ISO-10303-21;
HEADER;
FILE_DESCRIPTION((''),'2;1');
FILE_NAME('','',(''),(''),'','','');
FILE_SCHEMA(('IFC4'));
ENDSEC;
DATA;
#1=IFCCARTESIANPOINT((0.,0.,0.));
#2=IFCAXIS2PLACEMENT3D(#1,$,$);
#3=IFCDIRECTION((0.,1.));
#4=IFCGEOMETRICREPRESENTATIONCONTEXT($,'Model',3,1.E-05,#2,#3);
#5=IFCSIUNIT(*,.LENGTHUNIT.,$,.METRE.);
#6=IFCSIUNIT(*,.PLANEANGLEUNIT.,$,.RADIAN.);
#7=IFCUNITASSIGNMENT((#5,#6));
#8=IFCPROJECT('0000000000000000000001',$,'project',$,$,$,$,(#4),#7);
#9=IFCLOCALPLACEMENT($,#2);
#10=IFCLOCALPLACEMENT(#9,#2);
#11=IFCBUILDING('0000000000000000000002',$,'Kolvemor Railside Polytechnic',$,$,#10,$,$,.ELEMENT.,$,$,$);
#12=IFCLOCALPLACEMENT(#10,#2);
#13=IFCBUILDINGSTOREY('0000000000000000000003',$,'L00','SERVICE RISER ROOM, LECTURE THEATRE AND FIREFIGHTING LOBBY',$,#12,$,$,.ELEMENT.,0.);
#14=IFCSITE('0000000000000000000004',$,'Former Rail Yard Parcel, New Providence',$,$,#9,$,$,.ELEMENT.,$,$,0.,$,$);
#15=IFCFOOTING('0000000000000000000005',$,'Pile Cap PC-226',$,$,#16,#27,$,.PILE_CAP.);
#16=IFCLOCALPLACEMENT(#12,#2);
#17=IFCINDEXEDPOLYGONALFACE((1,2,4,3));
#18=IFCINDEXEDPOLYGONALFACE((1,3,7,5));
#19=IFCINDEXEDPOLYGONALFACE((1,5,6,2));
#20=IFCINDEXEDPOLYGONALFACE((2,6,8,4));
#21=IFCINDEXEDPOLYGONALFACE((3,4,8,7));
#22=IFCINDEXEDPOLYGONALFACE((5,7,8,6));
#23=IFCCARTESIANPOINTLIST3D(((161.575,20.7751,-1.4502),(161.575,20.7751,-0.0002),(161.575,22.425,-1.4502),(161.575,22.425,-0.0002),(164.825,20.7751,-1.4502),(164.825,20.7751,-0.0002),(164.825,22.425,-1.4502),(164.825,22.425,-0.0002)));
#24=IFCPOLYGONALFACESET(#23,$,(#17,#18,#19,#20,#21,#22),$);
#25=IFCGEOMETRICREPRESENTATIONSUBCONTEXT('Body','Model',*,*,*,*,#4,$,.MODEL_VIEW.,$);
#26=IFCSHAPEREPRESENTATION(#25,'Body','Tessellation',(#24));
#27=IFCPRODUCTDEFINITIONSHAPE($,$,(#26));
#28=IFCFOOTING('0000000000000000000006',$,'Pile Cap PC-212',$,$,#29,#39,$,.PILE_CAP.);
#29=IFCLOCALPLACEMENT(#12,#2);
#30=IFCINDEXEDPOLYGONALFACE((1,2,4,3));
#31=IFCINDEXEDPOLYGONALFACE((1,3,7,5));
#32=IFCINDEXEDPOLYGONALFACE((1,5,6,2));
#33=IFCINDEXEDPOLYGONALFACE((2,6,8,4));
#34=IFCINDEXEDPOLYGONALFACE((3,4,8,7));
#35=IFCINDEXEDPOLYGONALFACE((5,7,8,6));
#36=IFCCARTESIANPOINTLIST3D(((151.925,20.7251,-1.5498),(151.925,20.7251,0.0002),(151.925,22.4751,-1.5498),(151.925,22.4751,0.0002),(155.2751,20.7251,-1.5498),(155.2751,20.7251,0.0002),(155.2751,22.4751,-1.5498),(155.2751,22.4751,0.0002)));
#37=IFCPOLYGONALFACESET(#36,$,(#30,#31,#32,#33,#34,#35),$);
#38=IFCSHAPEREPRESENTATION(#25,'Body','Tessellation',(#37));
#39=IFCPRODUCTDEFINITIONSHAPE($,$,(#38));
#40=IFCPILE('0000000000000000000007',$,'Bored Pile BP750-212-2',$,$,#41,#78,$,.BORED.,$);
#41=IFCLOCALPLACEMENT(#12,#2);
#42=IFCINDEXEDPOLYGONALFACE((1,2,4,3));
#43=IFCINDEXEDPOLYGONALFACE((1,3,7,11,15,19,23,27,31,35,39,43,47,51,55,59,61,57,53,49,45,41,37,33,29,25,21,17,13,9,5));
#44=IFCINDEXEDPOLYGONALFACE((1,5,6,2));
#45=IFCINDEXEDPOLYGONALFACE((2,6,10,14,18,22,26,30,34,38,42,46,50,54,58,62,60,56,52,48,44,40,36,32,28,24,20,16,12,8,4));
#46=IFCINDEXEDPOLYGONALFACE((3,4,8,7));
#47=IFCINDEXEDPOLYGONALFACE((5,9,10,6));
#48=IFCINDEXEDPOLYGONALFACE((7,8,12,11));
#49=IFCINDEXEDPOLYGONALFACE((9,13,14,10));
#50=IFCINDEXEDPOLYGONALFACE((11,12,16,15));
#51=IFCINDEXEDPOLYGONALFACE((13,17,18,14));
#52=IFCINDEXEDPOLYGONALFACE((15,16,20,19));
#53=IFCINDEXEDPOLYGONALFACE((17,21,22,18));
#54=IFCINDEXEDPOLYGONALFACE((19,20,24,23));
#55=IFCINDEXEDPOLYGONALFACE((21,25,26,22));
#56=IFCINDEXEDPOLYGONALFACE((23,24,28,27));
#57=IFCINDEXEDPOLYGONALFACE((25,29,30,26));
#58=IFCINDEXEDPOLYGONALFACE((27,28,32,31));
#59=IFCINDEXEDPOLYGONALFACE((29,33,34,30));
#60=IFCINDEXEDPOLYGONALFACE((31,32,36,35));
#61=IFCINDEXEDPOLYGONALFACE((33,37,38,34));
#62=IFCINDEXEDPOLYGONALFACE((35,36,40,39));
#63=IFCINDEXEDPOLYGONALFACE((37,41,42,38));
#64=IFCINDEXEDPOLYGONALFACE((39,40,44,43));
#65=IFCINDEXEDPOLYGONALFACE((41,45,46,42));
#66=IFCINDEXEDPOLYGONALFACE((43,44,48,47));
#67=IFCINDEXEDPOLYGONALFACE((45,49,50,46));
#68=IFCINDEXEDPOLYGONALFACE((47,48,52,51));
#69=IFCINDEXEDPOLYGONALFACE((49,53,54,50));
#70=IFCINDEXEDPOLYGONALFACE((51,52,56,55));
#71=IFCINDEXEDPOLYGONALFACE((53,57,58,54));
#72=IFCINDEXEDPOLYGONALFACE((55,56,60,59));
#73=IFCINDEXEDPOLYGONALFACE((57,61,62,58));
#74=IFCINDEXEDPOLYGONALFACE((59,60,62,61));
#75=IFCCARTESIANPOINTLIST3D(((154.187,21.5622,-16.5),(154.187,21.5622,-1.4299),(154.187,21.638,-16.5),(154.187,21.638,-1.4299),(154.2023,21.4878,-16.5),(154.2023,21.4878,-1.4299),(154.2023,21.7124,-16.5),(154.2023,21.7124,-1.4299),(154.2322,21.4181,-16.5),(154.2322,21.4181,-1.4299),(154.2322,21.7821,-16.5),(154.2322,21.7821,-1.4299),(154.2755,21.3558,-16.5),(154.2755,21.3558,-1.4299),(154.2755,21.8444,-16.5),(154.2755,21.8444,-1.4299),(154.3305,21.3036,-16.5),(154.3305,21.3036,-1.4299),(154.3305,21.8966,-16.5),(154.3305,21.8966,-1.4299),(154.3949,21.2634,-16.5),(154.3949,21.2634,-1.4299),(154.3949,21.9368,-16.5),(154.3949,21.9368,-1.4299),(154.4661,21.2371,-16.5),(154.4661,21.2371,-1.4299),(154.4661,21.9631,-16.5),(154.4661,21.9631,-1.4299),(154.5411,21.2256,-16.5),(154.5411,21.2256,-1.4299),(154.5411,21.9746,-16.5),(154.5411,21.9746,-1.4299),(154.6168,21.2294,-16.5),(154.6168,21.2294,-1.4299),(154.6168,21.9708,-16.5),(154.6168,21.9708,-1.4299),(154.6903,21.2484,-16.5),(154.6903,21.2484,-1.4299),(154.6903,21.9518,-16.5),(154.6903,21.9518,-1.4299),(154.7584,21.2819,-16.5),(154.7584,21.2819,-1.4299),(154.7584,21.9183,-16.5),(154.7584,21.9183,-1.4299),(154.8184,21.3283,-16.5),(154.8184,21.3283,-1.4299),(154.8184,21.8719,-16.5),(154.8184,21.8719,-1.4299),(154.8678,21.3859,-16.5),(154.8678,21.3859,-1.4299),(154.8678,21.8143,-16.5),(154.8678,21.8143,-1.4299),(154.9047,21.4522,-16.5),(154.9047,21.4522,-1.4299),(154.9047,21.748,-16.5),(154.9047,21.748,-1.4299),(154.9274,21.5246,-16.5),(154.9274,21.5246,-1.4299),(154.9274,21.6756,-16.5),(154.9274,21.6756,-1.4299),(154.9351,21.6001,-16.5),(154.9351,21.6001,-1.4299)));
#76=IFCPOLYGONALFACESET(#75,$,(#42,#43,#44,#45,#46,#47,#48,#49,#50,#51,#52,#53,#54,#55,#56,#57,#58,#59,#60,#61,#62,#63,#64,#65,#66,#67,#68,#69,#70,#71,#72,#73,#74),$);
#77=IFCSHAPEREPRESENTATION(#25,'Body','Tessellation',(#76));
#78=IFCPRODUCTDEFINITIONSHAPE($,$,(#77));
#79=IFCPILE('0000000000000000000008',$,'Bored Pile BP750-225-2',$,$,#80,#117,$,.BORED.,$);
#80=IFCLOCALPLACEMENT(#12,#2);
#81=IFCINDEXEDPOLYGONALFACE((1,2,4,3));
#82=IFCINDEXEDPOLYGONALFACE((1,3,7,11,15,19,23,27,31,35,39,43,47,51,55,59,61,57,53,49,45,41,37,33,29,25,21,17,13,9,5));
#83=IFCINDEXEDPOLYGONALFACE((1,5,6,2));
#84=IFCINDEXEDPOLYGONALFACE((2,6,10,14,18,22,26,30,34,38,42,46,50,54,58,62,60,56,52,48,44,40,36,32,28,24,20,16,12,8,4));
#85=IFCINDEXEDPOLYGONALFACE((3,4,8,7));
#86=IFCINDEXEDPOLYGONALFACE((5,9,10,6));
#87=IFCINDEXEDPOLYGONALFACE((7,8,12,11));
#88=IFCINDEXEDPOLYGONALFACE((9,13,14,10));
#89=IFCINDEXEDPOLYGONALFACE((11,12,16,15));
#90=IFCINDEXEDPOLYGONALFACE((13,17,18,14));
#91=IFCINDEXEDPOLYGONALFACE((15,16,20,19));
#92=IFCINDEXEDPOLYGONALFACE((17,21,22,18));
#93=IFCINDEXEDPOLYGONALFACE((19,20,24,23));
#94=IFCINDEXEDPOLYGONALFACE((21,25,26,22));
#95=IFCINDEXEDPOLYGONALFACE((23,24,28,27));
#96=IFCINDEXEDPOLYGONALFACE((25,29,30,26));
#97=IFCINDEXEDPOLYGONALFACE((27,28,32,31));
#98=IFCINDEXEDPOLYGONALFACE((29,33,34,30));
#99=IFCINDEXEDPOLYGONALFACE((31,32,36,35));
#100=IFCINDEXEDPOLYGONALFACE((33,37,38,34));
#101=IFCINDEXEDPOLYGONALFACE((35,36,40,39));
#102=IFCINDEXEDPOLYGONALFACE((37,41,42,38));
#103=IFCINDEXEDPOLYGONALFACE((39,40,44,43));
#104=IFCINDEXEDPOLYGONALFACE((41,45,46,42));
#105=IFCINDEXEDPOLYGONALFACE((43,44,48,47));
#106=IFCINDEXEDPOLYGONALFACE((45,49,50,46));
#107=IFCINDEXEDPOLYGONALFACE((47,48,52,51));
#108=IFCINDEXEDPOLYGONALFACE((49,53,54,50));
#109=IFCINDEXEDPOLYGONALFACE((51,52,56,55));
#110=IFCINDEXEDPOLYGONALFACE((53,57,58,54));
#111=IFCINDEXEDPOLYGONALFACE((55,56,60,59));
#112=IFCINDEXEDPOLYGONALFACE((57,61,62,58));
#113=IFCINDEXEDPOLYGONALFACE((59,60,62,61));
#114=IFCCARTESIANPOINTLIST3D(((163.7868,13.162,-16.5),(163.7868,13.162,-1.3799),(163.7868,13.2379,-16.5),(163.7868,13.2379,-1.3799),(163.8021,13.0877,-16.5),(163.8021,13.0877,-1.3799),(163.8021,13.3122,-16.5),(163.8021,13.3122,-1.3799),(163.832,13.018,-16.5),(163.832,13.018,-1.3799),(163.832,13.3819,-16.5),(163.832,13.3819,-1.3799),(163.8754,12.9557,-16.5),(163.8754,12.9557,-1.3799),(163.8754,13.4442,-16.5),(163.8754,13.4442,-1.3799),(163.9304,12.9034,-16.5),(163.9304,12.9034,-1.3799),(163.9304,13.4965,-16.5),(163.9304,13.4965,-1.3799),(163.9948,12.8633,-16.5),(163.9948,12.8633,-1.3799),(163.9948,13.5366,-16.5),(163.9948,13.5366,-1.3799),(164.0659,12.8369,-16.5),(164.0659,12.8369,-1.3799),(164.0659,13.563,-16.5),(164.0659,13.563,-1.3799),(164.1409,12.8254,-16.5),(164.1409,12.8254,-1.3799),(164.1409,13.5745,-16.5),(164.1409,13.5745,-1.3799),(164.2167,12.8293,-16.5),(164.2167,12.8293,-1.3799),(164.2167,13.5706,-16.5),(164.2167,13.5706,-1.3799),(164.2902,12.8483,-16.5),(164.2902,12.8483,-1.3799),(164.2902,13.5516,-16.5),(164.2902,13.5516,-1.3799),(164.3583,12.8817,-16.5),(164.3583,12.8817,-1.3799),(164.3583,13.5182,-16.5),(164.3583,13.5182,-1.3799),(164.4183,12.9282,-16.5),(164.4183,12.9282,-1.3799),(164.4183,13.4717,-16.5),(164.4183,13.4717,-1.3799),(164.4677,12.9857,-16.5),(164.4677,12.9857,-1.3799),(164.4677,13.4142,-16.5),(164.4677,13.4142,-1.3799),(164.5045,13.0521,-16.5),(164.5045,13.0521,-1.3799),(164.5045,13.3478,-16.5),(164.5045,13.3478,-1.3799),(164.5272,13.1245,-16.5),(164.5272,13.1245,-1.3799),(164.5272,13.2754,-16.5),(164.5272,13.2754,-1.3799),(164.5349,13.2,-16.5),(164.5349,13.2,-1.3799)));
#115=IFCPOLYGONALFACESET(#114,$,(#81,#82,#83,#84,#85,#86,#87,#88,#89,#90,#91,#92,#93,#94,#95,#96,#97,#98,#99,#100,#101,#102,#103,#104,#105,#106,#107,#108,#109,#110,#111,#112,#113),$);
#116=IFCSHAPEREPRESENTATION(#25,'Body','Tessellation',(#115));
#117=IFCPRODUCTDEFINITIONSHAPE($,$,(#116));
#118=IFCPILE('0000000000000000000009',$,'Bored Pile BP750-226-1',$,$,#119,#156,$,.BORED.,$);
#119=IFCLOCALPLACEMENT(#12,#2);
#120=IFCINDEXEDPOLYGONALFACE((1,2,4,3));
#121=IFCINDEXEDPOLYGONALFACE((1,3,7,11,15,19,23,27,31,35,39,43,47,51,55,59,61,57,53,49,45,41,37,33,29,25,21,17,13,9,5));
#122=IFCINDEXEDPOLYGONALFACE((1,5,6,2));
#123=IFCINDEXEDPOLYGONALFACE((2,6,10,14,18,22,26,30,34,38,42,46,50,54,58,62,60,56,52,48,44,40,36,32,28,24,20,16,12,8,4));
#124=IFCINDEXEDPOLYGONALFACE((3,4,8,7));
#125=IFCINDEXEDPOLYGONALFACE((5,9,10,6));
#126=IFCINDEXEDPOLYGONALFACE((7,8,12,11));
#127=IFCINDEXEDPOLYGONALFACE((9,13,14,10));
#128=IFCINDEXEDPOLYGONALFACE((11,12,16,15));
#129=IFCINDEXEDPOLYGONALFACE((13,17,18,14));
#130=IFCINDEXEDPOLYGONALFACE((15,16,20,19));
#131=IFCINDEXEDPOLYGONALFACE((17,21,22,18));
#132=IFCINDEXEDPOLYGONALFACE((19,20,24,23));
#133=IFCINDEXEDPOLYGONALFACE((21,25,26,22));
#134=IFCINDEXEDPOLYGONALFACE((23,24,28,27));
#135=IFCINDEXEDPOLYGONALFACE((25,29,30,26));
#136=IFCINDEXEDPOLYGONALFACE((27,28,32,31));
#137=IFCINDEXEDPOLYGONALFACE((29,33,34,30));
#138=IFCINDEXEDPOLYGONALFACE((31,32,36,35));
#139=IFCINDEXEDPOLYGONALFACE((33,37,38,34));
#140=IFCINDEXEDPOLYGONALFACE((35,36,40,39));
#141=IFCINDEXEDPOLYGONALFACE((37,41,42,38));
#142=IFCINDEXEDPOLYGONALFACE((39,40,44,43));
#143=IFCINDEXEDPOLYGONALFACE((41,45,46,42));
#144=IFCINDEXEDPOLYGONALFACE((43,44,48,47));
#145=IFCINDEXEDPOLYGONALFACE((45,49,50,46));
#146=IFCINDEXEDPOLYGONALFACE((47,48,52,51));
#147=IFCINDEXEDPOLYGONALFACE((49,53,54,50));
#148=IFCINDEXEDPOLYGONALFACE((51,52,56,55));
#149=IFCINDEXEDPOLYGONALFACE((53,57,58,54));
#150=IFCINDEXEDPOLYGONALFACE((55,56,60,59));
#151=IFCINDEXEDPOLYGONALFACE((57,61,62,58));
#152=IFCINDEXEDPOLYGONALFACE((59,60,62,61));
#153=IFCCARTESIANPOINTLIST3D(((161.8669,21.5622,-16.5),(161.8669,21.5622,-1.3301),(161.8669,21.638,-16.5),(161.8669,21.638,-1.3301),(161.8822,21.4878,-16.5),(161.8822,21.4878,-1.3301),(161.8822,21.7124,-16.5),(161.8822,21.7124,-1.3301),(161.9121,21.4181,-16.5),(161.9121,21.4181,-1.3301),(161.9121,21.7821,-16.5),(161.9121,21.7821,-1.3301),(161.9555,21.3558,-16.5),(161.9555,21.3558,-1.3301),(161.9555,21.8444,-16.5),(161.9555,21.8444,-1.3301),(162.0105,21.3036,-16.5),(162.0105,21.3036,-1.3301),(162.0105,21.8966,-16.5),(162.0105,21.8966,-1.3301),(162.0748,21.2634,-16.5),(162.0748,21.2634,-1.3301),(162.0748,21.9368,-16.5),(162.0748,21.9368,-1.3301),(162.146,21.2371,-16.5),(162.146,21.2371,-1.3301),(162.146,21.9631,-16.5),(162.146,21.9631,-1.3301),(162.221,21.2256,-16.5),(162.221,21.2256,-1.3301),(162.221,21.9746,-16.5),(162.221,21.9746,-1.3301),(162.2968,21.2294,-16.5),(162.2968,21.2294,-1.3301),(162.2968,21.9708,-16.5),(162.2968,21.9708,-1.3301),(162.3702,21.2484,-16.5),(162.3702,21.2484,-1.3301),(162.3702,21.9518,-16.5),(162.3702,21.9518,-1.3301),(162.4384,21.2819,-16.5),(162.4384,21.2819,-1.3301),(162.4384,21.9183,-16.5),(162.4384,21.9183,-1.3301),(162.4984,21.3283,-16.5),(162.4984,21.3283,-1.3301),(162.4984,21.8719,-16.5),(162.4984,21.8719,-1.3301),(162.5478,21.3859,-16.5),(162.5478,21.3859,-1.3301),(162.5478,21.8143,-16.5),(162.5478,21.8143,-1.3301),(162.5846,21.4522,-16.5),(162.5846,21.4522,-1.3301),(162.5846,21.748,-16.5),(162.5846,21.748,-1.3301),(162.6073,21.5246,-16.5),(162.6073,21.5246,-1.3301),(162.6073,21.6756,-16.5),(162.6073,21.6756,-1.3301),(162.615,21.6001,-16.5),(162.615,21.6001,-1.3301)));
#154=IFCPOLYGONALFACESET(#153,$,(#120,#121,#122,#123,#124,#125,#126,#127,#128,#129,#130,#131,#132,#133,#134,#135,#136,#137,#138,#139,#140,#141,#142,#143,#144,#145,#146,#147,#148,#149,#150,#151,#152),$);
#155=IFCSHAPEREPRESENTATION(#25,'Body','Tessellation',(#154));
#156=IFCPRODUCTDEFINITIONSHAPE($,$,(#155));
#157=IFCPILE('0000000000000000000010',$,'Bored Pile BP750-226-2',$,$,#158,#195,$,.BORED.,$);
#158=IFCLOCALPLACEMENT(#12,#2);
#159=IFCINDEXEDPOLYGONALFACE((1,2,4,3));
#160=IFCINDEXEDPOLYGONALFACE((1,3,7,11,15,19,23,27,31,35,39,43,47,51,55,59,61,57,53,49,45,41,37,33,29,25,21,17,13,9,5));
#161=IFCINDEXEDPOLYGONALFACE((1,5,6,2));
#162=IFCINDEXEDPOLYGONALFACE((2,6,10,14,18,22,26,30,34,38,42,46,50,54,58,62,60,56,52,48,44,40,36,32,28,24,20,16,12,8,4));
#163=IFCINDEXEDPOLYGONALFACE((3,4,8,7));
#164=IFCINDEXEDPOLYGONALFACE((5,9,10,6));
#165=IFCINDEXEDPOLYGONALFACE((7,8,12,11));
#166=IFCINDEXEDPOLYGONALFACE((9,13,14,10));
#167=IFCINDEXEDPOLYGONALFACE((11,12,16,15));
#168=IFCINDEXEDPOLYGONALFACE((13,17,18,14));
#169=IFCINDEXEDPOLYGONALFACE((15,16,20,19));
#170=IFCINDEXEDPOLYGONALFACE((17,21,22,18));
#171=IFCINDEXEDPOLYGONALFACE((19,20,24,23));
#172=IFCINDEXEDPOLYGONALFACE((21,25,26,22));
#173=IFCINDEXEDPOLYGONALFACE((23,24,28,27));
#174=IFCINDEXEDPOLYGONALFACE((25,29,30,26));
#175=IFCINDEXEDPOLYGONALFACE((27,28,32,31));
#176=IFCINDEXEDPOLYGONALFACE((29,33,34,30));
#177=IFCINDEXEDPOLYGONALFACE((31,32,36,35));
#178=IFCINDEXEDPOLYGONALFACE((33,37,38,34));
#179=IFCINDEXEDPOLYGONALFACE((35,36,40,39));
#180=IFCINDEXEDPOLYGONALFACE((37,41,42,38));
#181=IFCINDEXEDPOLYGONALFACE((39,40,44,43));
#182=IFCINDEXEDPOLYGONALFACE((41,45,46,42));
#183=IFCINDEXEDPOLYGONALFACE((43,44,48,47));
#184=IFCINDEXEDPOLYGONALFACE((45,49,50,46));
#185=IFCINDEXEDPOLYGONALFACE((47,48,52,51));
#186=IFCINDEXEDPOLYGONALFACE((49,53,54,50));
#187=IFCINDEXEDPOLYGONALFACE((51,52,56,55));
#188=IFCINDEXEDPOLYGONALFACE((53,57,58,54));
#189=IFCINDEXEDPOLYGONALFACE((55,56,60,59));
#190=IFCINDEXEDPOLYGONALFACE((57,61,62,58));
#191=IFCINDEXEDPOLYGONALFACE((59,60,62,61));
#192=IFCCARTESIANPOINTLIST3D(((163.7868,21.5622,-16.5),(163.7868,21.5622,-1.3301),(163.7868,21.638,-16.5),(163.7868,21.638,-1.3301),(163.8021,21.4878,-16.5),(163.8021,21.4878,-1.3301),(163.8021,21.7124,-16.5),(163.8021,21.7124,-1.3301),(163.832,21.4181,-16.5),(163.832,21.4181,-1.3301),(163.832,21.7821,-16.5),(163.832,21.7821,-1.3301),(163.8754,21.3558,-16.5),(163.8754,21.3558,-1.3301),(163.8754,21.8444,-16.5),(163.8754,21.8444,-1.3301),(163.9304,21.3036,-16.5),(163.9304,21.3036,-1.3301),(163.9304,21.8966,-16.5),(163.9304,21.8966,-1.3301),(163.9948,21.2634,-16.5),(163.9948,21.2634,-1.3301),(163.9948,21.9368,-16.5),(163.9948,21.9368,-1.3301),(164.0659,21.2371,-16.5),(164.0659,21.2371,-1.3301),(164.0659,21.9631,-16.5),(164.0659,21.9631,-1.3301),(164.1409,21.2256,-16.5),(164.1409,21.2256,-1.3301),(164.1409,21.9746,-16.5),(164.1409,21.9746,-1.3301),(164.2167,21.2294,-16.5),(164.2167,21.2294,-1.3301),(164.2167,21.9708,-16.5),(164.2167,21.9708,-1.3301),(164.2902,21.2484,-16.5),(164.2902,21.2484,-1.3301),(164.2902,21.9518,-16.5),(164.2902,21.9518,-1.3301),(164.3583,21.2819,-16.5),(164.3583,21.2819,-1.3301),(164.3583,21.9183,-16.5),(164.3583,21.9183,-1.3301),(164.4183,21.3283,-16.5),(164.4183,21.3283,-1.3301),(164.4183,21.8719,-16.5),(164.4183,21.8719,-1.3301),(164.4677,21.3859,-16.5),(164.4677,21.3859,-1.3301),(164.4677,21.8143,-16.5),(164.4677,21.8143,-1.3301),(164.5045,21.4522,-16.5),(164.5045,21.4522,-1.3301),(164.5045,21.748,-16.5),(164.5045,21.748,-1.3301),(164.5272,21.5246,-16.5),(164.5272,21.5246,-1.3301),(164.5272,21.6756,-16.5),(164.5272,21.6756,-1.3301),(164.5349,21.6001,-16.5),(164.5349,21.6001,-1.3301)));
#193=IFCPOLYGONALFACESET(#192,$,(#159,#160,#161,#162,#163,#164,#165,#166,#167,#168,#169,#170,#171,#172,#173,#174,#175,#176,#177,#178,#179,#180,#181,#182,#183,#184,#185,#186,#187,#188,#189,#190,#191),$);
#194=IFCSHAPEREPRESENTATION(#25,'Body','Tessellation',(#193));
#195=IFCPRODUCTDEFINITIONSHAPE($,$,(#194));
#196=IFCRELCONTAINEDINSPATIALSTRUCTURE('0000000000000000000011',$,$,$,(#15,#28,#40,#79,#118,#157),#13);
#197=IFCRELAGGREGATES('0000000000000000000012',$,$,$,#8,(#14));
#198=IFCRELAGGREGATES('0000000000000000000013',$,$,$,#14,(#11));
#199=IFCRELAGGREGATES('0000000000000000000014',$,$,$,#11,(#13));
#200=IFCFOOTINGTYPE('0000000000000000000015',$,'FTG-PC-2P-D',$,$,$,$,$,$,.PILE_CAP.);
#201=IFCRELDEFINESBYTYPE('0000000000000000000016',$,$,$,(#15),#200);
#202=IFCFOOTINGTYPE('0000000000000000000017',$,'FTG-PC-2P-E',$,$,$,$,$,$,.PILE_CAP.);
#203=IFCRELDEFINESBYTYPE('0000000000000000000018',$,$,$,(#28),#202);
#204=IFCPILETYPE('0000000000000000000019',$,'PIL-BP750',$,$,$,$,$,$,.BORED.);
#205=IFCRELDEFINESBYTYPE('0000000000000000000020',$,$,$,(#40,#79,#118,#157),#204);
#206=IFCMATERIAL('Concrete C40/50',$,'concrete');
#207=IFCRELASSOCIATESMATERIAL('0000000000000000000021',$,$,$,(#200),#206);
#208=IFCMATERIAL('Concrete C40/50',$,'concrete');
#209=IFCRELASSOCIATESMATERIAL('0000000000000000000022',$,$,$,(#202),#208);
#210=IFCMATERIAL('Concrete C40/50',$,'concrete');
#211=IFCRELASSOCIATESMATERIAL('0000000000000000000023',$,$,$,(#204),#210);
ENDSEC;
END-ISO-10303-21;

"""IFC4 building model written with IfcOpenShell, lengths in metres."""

from ifc_helpers import new_model, si_unit, direction, frame, origin, origin_2d, place, context, subcontext, project, spatial, rectangle, circle, extrude, material, material_profile, profile_set, type_object, element, save


model = new_model("IFC4")

# Units and contexts
model_context = context("Model", 3, precision=1e-05, world=origin(), true_north=direction((0.0, 1.0)))
body_context = subcontext(model_context, "Body", "Model", "MODEL_VIEW")
ifc_project = project(units=[si_unit("LENGTHUNIT", "METRE"), si_unit("PLANEANGLEUNIT", "RADIAN")], contexts=[model_context])

# Site, building, storey
site_placement = place(None, origin())
site = spatial("IfcSite", under=ifc_project, at=site_placement, Name="Former Rail Yard Parcel, New Providence", CompositionType="ELEMENT", RefElevation=0.0)
building_placement = place(site_placement, origin())
building = spatial("IfcBuilding", under=site, at=building_placement, Name="Kolvemor Railside Polytechnic", CompositionType="ELEMENT")
storey_placement = place(building_placement, origin())
storey = spatial("IfcBuildingStorey", under=building, at=storey_placement, Name="L00", Description="SERVICE RISER ROOM, LECTURE THEATRE AND FIREFIGHTING LOBBY", CompositionType="ELEMENT", Elevation=0.0)

# Footings
ifc_material_1 = material(Name="Concrete C40/50", Category="concrete")
footing_type_1 = type_object("IfcFootingType", Name="FTG-PC-2P-D", PredefinedType="PILE_CAP", material=ifc_material_1)
footing_1_placement = place(storey_placement, frame((163.2, 21.6001, -1.4502), z_axis=(0.0, 0.0, 1.0), x_axis=(1.0, 0.0, 0.0)))
element("IfcFooting", 1, at=footing_1_placement, inside=storey, type_object=footing_type_1, Name="Pile Cap PC-226", PredefinedType="PILE_CAP", context=body_context, shape_type="SweptSolid", body=[
    extrude(rectangle(XDim=3.25, YDim=1.6499, at=origin_2d()), origin(), (0.0, 0.0, 1.0), 1.45),
])
ifc_material_2 = material(Name="Concrete C40/50", Category="concrete")
footing_type_2 = type_object("IfcFootingType", Name="FTG-PC-2P-E", PredefinedType="PILE_CAP", material=ifc_material_2)
footing_2_placement = place(storey_placement, frame((153.6001, 21.6001, -1.5498), z_axis=(0.0, 0.0, 1.0), x_axis=(1.0, 0.0, 0.0)))
element("IfcFooting", 2, at=footing_2_placement, inside=storey, type_object=footing_type_2, Name="Pile Cap PC-212", PredefinedType="PILE_CAP", context=body_context, shape_type="SweptSolid", body=[
    extrude(rectangle(XDim=3.3501, YDim=1.75, at=origin_2d()), origin(), (0.0, 0.0, 1.0), 1.55),
])

# Piles
ifc_material_3 = material(Name="Concrete C40/50", Category="concrete")
ifc_material_profile_1 = material_profile(ifc_material_3, circle(Radius=0.375, at=origin_2d()), Name="BP750")
ifc_profile_set_1 = profile_set([ifc_material_profile_1], Name="Concrete C40/50")
pile_type = type_object("IfcPileType", Name="PIL-BP750", PredefinedType="BORED", material=ifc_profile_set_1)
pile_1_placement = place(storey_placement, frame((154.5601, 21.6001, -1.4299), z_axis=(0.0, 0.0, -1.0), x_axis=(1.0, 0.0, 0.0)))
element("IfcPile", 3, at=pile_1_placement, inside=storey, type_object=pile_type, Name="Bored Pile BP750-212-2", PredefinedType="BORED", context=body_context, shape_type="SweptSolid", body=[
    extrude(circle(Radius=0.375, at=origin_2d()), origin(), (0.0, 0.0, 1.0), 15.0701),
])
pile_2_placement = place(storey_placement, frame((164.1599, 13.2, -1.3799), z_axis=(0.0, 0.0, -1.0), x_axis=(1.0, 0.0, 0.0)))
element("IfcPile", 4, at=pile_2_placement, inside=storey, type_object=pile_type, Name="Bored Pile BP750-225-2", PredefinedType="BORED", context=body_context, shape_type="SweptSolid", body=[
    extrude(circle(Radius=0.375, at=origin_2d()), origin(), (0.0, 0.0, 1.0), 15.1201),
])
for number, where, z_axis, x_axis, name in (
    (5, (162.24, 21.6001, -1.3301), (0.0, 0.0, -1.0), (1.0, 0.0, 0.0), "Bored Pile BP750-226-1"),
    (6, (164.1599, 21.6001, -1.3301), (0.0, 0.0, -1.0), (1.0, 0.0, 0.0), "Bored Pile BP750-226-2"),
):
    element("IfcPile", number, at=place(storey_placement, frame(where, z_axis=z_axis, x_axis=x_axis)), inside=storey, type_object=pile_type, Name=name, PredefinedType="BORED", context=body_context, shape_type="SweptSolid", body=[
        extrude(circle(Radius=0.375, at=origin_2d()), origin(), (0.0, 0.0, 1.0), 15.1699),
    ])

save(model, "model.ifc")
